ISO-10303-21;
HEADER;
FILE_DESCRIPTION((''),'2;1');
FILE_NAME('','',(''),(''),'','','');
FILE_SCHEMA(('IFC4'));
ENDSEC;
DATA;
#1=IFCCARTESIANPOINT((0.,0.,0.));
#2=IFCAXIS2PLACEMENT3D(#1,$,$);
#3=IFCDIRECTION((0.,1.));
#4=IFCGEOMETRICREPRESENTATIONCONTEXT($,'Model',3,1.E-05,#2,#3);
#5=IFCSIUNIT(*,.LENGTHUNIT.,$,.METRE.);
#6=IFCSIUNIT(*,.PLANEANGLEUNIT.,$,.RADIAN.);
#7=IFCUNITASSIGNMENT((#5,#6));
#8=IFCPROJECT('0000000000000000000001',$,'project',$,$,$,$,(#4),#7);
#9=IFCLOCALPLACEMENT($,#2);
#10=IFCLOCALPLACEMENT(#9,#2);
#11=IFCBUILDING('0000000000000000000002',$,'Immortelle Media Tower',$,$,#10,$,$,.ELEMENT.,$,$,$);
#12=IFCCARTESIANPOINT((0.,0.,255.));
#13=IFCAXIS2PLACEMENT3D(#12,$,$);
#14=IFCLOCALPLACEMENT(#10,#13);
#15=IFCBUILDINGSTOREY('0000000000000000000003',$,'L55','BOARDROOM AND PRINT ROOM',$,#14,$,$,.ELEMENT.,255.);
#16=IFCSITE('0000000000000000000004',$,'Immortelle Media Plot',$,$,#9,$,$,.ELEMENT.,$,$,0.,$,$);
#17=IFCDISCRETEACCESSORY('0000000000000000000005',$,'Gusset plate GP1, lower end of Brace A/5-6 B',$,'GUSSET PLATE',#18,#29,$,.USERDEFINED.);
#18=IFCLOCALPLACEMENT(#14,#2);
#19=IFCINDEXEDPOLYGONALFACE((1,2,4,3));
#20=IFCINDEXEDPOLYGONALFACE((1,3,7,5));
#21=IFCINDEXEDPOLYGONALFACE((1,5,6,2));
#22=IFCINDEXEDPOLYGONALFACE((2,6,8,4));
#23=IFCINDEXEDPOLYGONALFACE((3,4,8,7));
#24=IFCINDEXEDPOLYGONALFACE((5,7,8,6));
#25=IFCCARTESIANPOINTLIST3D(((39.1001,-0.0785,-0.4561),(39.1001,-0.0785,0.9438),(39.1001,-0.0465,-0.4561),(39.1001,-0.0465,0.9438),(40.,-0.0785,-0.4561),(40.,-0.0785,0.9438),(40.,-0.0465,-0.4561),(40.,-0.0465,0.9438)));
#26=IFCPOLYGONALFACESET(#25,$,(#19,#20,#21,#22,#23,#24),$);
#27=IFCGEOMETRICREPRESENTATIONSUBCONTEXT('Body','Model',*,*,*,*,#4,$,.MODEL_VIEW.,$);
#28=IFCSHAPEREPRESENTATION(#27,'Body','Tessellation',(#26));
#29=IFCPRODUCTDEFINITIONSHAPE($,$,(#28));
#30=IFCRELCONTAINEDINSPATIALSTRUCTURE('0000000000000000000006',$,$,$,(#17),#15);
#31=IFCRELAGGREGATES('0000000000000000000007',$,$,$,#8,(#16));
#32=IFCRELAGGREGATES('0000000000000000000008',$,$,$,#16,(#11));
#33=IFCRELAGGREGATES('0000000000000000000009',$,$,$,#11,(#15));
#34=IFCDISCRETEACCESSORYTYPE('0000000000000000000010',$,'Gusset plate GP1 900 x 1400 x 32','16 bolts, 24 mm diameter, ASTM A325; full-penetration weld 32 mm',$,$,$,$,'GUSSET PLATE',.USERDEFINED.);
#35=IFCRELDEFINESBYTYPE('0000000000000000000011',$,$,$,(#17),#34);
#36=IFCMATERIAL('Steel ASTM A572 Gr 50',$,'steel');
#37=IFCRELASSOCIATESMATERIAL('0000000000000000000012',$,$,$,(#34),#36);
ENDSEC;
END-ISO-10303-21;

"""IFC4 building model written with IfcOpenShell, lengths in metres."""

from ifc_helpers import new_model, si_unit, direction, frame, origin, origin_2d, place, context, subcontext, project, spatial, rectangle, extrude, material, material_profile, profile_set, type_object, element, save


model = new_model("IFC4")

# Units and contexts
model_context = context("Model", 3, precision=1e-05, world=origin(), true_north=direction((0.0, 1.0)))
body_context = subcontext(model_context, "Body", "Model", "MODEL_VIEW")
ifc_project = project(units=[si_unit("LENGTHUNIT", "METRE"), si_unit("PLANEANGLEUNIT", "RADIAN")], contexts=[model_context])

# Site, building, storey
site_placement = place(None, origin())
site = spatial("IfcSite", under=ifc_project, at=site_placement, Name="Immortelle Media Plot", CompositionType="ELEMENT", RefElevation=0.0)
building_placement = place(site_placement, origin())
building = spatial("IfcBuilding", under=site, at=building_placement, Name="Immortelle Media Tower", CompositionType="ELEMENT")
storey_placement = place(building_placement, frame((0.0, 0.0, 255.0)))
storey = spatial("IfcBuildingStorey", under=building, at=storey_placement, Name="L55", Description="BOARDROOM AND PRINT ROOM", CompositionType="ELEMENT", Elevation=255.0)

# Discrete accessory
ifc_material_1 = material(Name="Steel ASTM A572 Gr 50", Category="steel")
ifc_material_profile_1 = material_profile(ifc_material_1, rectangle(XDim=0.032, YDim=1.3999, at=origin_2d()), Name="PL 32 x 1400")
ifc_profile_set_1 = profile_set([ifc_material_profile_1], Name="Steel ASTM A572 Gr 50")
discrete_accessory_type_1 = type_object("IfcDiscreteAccessoryType", Name="Gusset plate GP1 900 x 1400 x 32", Description="16 bolts, 24 mm diameter, ASTM A325; full-penetration weld 32 mm", ElementType="GUSSET PLATE", PredefinedType="USERDEFINED", material=ifc_profile_set_1)
for number, where, z_axis, x_axis, name in (
    (1, (40.0, -0.0625, 0.2439), (-1.0, 0.0, 0.0), (0.0, -1.0, 0.0), "Gusset plate GP1, lower end of Brace A/5-6 B"),
):
    element("IfcDiscreteAccessory", number, at=place(storey_placement, frame(where, z_axis=z_axis, x_axis=x_axis)), inside=storey, type_object=discrete_accessory_type_1, Name=name, ObjectType="GUSSET PLATE", PredefinedType="USERDEFINED", context=body_context, shape_type="SweptSolid", body=[
        extrude(rectangle(XDim=0.032, YDim=1.3999, at=origin_2d()), origin(), (0.0, 0.0, 1.0), 0.8999),
    ])

save(model, "model.ifc")
